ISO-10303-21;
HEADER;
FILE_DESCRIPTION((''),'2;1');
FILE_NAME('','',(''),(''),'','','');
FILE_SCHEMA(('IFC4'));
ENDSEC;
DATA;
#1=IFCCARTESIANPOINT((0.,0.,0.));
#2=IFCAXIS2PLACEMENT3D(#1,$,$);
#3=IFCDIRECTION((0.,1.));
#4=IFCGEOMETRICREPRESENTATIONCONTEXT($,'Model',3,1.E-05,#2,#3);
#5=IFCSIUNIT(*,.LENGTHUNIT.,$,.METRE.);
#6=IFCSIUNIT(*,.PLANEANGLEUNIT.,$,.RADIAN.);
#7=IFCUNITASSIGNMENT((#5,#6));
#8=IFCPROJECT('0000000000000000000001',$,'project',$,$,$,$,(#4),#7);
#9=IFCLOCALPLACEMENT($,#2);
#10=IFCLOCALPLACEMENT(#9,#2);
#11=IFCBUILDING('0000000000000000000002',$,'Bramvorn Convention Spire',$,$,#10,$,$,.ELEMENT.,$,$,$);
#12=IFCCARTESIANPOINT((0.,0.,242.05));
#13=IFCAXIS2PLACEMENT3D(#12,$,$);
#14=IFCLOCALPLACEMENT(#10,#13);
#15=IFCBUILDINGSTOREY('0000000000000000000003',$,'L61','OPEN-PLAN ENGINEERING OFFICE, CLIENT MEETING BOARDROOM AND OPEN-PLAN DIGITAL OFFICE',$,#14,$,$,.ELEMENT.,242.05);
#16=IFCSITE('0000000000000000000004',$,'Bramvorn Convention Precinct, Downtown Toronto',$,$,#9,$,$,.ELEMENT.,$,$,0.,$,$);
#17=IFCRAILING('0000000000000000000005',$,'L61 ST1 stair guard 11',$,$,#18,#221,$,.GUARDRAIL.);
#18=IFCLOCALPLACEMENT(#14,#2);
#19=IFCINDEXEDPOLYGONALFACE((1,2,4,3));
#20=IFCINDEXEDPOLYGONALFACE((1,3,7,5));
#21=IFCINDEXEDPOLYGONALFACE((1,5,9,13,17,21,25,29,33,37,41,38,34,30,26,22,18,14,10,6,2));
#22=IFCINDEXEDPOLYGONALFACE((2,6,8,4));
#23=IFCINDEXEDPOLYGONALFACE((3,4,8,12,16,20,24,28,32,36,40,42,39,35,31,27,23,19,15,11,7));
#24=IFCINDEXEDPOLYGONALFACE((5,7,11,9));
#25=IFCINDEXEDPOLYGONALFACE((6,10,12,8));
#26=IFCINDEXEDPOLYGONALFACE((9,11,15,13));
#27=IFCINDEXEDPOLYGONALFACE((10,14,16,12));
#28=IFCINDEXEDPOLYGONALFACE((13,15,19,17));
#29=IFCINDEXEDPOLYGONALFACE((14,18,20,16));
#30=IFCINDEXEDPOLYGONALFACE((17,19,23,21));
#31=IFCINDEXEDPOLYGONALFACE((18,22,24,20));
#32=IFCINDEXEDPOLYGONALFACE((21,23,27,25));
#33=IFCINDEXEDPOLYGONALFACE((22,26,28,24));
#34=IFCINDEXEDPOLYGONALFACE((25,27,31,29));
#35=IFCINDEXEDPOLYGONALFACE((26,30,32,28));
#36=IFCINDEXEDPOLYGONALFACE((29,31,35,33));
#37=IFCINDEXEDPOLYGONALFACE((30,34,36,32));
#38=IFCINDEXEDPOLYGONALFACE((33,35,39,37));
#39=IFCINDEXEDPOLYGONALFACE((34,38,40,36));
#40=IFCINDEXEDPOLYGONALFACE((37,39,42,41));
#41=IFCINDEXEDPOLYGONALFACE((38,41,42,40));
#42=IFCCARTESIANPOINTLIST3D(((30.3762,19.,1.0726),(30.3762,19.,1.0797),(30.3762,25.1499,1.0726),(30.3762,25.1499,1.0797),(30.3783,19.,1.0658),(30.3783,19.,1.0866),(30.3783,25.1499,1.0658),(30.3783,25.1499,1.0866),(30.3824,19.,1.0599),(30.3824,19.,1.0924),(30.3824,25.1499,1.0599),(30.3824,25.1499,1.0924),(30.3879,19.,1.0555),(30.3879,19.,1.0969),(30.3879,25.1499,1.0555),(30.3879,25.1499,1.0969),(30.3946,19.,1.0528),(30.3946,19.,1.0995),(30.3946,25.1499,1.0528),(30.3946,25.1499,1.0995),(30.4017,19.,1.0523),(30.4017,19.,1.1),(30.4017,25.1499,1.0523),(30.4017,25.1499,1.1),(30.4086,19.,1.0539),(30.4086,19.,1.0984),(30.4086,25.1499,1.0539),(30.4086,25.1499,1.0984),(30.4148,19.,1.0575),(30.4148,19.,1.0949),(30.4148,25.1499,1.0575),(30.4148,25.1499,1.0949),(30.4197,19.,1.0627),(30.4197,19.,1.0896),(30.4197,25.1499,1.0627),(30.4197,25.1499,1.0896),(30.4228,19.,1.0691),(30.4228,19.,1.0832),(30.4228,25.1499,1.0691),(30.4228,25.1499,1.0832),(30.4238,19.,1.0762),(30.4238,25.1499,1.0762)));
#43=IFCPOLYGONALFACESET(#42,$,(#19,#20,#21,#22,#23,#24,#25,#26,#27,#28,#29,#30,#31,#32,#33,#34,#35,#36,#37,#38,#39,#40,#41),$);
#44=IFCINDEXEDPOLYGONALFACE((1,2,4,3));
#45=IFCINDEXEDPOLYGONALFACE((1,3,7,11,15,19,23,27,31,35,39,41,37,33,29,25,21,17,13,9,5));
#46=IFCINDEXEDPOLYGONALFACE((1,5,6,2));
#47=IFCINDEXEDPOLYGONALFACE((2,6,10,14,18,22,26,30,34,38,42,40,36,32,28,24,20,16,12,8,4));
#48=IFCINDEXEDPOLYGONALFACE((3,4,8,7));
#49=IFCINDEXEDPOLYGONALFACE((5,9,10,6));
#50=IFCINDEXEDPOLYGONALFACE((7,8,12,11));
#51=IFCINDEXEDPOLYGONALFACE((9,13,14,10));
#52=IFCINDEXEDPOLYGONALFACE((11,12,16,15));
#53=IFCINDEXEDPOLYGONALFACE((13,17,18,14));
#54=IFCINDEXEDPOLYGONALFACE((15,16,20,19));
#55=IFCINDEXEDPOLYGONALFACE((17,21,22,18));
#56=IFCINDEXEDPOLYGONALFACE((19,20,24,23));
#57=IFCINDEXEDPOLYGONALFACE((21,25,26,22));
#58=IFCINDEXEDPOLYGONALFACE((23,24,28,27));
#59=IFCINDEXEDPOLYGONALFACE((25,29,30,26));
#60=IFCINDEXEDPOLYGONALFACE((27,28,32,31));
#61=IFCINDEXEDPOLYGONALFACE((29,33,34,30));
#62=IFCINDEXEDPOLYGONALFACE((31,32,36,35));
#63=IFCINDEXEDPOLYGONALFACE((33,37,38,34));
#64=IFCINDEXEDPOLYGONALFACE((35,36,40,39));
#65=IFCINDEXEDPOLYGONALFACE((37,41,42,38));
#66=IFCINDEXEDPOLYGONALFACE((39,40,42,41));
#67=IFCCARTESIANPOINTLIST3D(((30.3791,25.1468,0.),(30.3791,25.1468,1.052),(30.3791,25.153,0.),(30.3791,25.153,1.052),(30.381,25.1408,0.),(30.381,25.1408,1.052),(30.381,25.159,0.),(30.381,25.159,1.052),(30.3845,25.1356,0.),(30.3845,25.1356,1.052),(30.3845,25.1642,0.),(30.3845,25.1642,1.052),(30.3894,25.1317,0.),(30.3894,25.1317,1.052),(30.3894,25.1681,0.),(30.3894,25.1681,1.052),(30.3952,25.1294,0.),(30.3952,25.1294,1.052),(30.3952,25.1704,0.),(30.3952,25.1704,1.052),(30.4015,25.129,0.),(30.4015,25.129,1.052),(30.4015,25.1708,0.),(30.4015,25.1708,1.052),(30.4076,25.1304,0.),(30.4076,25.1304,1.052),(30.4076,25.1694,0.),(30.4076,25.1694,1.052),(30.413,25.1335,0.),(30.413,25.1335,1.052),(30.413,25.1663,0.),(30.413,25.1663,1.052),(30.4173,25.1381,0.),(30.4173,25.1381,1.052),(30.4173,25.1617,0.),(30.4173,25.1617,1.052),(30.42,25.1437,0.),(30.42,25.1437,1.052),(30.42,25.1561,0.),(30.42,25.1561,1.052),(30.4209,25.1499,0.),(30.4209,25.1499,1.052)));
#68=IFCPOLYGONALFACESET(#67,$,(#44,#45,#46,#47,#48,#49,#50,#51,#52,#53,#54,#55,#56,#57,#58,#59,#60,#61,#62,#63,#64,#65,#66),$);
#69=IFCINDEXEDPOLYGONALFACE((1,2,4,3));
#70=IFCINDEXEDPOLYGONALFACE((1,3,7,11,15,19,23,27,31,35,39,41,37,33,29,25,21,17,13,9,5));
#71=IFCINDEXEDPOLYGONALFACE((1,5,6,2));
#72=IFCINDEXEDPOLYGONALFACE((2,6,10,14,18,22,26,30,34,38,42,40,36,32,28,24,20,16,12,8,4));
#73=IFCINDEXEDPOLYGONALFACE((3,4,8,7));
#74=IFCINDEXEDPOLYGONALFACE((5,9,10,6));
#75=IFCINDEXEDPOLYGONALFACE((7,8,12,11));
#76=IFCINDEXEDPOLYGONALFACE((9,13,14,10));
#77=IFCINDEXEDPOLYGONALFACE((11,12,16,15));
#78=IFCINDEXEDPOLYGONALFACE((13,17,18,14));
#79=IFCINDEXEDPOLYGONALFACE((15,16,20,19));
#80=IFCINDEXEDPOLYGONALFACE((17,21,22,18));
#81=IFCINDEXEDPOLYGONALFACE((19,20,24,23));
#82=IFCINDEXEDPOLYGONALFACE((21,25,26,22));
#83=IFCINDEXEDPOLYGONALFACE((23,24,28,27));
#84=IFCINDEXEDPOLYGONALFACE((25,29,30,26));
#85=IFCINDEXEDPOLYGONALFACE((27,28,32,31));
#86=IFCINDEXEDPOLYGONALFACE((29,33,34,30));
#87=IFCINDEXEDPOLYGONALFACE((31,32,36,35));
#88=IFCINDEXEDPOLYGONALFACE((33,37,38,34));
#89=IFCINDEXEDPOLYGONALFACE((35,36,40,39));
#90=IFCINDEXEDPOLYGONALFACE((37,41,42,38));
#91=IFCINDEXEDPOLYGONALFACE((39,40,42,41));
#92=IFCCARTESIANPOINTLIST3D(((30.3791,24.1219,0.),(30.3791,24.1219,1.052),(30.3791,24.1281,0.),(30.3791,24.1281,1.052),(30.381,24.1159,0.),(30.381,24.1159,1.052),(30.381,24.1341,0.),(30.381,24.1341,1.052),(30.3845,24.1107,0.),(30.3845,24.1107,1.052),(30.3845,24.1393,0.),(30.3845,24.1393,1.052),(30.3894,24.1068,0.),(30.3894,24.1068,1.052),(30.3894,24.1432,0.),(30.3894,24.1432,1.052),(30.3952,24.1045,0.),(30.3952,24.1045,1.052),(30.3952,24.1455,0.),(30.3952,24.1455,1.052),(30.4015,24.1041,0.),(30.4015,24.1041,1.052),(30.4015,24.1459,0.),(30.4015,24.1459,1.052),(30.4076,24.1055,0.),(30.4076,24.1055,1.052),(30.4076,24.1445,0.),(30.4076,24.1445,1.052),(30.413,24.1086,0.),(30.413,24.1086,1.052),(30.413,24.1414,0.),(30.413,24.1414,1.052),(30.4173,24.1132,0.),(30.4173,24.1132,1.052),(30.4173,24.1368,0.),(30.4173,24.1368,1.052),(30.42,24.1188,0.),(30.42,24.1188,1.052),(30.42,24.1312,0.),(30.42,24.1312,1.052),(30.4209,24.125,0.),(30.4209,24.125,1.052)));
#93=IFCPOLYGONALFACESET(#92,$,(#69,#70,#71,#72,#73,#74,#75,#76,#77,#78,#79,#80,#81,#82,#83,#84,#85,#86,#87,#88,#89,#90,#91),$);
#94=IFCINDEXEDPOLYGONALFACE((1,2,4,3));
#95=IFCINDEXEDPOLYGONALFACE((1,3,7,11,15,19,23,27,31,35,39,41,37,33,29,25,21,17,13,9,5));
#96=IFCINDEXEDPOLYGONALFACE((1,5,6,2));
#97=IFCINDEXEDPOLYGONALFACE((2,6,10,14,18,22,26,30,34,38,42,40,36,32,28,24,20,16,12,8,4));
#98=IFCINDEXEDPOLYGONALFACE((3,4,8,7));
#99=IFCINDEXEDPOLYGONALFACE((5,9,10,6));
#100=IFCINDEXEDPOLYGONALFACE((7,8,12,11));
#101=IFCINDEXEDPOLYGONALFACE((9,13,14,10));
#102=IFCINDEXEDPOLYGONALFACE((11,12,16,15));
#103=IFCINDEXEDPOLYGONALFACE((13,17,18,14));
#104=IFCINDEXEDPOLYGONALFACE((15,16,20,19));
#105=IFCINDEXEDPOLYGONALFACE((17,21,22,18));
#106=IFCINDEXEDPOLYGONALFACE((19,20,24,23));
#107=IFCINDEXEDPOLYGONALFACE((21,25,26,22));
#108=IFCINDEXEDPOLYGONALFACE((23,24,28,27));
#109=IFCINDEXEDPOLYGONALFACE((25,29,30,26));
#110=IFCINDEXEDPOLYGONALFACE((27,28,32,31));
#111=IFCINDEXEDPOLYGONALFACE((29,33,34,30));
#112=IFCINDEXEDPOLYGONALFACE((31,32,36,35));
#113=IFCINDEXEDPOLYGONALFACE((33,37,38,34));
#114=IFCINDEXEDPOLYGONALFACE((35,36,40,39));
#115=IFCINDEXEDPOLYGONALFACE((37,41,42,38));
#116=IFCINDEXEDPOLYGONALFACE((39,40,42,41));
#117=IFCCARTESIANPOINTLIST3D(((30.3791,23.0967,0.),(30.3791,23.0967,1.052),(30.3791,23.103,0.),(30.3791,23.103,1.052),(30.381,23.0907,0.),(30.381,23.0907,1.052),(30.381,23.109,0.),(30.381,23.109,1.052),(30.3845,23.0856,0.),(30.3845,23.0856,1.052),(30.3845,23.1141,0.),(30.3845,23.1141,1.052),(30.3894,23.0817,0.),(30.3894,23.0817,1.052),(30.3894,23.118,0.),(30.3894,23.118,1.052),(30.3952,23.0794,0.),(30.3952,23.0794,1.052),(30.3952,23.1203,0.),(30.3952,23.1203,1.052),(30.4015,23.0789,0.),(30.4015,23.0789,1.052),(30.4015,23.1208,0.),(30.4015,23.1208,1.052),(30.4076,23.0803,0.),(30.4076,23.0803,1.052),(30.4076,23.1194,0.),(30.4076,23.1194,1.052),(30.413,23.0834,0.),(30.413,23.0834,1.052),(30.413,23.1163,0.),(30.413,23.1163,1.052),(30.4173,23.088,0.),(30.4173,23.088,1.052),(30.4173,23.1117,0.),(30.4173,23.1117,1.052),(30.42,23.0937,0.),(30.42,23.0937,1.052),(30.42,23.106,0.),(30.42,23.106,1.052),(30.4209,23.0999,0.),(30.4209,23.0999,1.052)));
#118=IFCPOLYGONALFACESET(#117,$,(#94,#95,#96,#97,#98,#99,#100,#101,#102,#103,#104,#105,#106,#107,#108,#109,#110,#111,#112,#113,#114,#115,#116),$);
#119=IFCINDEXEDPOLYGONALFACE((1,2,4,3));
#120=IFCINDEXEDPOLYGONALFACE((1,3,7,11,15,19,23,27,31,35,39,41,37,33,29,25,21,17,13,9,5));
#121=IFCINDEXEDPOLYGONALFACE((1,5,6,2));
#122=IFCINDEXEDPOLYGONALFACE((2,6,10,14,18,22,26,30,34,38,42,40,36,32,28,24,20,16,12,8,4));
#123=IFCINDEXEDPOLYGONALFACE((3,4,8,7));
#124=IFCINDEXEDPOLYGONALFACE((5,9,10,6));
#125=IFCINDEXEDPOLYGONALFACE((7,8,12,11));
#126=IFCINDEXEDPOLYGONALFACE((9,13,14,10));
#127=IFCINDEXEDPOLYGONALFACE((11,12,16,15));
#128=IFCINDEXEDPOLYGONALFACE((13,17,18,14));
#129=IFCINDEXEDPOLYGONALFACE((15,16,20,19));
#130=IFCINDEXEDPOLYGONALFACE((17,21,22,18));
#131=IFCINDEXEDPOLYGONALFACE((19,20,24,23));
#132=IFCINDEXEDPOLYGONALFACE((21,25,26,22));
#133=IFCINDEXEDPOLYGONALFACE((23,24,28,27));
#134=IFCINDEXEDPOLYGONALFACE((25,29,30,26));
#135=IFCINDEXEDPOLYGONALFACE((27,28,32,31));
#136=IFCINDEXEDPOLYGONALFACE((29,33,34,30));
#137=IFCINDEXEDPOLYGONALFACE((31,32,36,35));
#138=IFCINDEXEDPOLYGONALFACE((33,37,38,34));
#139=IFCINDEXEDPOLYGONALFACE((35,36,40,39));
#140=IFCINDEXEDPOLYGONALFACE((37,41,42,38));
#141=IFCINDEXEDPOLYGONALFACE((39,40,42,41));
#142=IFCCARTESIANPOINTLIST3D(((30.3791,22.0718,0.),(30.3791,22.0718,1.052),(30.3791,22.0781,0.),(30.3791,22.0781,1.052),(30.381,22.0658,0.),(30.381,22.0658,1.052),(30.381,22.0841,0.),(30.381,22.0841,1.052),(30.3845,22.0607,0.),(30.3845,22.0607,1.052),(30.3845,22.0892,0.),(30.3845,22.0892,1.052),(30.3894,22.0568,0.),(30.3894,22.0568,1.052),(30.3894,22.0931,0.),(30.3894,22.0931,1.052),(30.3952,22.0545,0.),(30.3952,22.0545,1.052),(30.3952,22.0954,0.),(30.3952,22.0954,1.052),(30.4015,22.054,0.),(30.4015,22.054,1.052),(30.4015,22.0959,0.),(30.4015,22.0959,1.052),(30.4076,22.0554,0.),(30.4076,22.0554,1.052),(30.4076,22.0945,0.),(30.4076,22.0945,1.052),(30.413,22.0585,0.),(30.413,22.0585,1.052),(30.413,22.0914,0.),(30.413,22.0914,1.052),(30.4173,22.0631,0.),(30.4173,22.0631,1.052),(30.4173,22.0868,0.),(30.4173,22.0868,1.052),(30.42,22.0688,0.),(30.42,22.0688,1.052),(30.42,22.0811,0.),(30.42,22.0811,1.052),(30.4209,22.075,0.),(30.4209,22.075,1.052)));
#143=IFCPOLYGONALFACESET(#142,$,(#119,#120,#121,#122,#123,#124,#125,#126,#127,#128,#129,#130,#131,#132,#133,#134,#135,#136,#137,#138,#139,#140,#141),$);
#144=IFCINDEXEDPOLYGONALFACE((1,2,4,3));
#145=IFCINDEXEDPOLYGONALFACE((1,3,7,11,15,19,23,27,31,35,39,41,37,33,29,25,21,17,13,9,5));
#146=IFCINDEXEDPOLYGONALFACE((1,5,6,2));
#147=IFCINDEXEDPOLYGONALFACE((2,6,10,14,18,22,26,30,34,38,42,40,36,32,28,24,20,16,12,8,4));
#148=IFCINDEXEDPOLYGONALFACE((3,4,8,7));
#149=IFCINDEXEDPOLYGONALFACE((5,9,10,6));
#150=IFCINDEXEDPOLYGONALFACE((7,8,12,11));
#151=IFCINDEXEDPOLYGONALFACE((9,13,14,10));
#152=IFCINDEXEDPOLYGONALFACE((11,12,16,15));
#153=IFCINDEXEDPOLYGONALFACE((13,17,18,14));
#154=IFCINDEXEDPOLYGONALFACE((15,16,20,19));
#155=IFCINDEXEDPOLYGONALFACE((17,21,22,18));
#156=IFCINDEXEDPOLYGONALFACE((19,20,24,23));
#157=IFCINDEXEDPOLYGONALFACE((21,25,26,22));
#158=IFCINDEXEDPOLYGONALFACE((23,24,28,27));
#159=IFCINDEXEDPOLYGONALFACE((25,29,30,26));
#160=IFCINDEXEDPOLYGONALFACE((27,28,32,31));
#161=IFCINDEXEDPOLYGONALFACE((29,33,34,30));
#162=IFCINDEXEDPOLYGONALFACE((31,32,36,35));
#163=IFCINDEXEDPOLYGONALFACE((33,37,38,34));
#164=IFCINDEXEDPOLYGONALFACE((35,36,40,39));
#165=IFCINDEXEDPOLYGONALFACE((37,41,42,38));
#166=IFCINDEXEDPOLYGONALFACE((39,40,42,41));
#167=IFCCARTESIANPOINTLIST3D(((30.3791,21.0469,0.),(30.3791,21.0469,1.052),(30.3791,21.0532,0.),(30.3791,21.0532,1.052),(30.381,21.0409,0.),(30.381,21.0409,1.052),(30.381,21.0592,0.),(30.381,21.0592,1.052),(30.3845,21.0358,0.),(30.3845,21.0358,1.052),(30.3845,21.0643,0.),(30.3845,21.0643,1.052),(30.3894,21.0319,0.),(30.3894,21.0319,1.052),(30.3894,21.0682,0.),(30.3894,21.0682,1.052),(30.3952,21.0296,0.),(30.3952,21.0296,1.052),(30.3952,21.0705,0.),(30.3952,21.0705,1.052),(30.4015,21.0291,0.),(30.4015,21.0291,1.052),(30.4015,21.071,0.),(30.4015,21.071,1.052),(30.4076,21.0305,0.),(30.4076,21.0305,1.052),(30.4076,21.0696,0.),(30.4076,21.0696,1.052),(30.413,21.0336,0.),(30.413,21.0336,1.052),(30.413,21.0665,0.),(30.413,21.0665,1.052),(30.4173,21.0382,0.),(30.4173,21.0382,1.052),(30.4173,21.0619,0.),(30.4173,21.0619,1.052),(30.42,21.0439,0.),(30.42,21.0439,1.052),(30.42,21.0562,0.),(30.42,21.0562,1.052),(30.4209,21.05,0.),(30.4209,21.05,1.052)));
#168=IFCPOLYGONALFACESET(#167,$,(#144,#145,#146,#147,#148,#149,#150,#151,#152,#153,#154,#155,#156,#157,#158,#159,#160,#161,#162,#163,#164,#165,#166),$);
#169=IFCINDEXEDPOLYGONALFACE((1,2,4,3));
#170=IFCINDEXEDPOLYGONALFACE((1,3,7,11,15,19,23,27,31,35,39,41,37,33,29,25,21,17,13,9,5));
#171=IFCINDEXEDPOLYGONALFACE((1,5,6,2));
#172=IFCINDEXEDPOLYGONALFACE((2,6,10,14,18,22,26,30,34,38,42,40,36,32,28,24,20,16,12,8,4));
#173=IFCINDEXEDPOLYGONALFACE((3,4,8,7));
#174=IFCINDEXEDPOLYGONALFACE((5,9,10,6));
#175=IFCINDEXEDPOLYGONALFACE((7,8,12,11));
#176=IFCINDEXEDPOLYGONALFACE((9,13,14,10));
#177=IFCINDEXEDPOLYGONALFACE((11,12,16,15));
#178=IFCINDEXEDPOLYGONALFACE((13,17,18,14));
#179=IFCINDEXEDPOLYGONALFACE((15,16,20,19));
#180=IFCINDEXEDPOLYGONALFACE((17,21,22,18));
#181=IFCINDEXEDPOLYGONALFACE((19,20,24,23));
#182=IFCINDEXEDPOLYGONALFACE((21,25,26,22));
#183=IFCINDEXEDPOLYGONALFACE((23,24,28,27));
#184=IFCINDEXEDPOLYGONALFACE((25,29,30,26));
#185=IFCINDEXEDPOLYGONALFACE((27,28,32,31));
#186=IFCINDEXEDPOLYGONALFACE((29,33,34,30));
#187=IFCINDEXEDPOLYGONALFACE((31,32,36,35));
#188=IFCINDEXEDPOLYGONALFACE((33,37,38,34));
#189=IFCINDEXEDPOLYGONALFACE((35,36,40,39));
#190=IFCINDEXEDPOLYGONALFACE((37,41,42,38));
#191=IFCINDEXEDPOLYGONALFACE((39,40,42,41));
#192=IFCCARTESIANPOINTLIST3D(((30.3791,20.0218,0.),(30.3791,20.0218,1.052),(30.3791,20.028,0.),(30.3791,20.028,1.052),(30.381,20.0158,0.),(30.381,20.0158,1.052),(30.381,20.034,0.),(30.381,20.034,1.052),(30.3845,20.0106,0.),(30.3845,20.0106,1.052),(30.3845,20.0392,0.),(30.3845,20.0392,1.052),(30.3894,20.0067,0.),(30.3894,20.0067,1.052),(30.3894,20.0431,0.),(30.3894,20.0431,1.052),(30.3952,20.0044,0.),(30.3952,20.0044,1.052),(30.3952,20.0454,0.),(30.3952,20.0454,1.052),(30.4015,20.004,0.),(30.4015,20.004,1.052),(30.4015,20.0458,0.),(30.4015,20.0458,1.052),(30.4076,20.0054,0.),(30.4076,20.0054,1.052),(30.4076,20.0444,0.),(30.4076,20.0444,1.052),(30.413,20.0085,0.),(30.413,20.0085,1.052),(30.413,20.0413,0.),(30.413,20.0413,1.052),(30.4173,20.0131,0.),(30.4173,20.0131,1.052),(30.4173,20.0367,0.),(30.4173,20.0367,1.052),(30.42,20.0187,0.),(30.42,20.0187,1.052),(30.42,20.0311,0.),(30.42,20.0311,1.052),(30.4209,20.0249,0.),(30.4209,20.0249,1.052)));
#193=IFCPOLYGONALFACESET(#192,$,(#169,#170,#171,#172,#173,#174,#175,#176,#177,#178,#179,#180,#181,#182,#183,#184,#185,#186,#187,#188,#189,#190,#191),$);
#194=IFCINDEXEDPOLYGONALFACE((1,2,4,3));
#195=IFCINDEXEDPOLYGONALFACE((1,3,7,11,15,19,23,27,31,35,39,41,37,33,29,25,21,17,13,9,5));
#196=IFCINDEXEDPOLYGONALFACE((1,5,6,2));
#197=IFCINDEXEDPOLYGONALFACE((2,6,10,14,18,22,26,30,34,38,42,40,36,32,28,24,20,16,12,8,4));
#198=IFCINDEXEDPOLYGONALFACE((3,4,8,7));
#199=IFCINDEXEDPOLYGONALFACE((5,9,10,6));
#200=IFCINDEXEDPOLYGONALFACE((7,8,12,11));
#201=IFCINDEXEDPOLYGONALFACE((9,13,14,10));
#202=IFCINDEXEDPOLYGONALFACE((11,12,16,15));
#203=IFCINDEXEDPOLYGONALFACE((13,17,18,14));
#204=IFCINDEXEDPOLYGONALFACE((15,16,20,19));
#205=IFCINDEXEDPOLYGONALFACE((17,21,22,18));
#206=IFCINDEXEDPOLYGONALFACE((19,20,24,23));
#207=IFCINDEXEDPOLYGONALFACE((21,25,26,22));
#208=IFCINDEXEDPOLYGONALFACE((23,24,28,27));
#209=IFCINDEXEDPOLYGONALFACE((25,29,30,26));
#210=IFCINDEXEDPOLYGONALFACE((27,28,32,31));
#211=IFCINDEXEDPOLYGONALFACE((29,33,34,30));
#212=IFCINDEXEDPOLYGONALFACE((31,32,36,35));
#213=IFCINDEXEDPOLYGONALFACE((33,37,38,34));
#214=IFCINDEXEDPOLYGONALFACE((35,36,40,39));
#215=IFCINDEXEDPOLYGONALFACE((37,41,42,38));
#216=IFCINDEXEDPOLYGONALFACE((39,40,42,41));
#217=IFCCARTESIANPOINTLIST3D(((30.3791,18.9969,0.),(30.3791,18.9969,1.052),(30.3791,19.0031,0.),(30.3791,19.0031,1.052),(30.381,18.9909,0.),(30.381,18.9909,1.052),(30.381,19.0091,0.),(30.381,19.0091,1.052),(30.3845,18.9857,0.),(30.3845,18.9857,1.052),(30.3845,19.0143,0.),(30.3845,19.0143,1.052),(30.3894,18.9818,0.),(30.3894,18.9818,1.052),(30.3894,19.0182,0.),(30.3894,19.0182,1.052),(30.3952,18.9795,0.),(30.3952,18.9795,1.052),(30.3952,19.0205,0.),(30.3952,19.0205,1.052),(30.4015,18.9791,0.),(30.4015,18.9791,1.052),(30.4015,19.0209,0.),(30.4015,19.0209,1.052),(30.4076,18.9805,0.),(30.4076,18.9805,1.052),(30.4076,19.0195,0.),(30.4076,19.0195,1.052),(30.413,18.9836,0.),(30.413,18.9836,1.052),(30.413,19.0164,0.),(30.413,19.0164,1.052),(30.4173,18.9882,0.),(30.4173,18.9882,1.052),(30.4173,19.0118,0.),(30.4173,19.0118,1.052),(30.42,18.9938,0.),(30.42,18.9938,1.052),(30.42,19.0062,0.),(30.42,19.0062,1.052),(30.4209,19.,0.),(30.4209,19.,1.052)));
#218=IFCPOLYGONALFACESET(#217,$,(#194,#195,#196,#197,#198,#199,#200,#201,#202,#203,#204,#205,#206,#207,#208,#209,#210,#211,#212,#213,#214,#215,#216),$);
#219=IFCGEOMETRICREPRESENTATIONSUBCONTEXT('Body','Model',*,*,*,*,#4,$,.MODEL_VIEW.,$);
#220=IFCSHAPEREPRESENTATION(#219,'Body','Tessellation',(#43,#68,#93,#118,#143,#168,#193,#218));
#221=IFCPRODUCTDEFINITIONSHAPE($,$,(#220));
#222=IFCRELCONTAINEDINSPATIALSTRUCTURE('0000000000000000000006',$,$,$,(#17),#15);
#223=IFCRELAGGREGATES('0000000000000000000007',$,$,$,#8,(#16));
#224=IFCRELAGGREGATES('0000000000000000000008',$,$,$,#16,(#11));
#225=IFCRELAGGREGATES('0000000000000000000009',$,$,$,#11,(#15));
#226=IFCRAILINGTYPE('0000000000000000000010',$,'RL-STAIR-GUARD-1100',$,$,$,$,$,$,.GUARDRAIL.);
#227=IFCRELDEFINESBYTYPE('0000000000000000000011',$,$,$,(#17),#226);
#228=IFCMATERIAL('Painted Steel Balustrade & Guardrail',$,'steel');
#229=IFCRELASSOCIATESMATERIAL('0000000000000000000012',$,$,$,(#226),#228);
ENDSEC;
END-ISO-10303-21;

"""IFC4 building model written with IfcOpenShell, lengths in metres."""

from ifc_helpers import new_model, si_unit, direction, frame, origin, origin_2d, place, context, subcontext, project, spatial, circle, extrude, material, type_object, element, save


model = new_model("IFC4")

# Units and contexts
model_context = context("Model", 3, precision=1e-05, world=origin(), true_north=direction((0.0, 1.0)))
body_context = subcontext(model_context, "Body", "Model", "MODEL_VIEW")
ifc_project = project(units=[si_unit("LENGTHUNIT", "METRE"), si_unit("PLANEANGLEUNIT", "RADIAN")], contexts=[model_context])

# Site, building, storey
site_placement = place(None, origin())
site = spatial("IfcSite", under=ifc_project, at=site_placement, Name="Bramvorn Convention Precinct, Downtown Toronto", CompositionType="ELEMENT", RefElevation=0.0)
building_placement = place(site_placement, origin())
building = spatial("IfcBuilding", under=site, at=building_placement, Name="Bramvorn Convention Spire", CompositionType="ELEMENT")
storey_placement = place(building_placement, frame((0.0, 0.0, 242.05)))
storey = spatial("IfcBuildingStorey", under=building, at=storey_placement, Name="L61", Description="OPEN-PLAN ENGINEERING OFFICE, CLIENT MEETING BOARDROOM AND OPEN-PLAN DIGITAL OFFICE", CompositionType="ELEMENT", Elevation=242.05)

# Railing
ifc_material_1 = material(Name="Painted Steel Balustrade & Guardrail", Category="steel")
railing_type_1 = type_object("IfcRailingType", Name="RL-STAIR-GUARD-1100", PredefinedType="GUARDRAIL", material=ifc_material_1)
railing_1_placement = place(storey_placement, frame((30.3999, 25.1499, 0.0)))
element("IfcRailing", 1, at=railing_1_placement, inside=storey, type_object=railing_type_1, Name="L61 ST1 stair guard 11", PredefinedType="GUARDRAIL", context=body_context, shape_type="SweptSolid", body=[
    extrude(circle(Radius=0.0239, at=origin_2d()), frame((0.0, 0.0, 1.0762), z_axis=(0.0, -1.0, 0.0), x_axis=(1.0, 0.0, 0.0)), (0.0, 0.0, 1.0), 6.1499),
    extrude(circle(Radius=0.021, at=origin_2d()), origin(), (0.0, 0.0, 1.0), 1.052),
    extrude(circle(Radius=0.021, at=origin_2d()), frame((0.0, -1.0249, 0.0)), (0.0, 0.0, 1.0), 1.052),
    extrude(circle(Radius=0.021, at=origin_2d()), frame((0.0, -2.05, 0.0)), (0.0, 0.0, 1.0), 1.052),
    extrude(circle(Radius=0.021, at=origin_2d()), frame((0.0, -3.075, 0.0)), (0.0, 0.0, 1.0), 1.052),
    extrude(circle(Radius=0.021, at=origin_2d()), frame((0.0, -4.0999, 0.0)), (0.0, 0.0, 1.0), 1.052),
    extrude(circle(Radius=0.021, at=origin_2d()), frame((0.0, -5.125, 0.0)), (0.0, 0.0, 1.0), 1.052),
    extrude(circle(Radius=0.021, at=origin_2d()), frame((0.0, -6.1499, 0.0)), (0.0, 0.0, 1.0), 1.052),
])

save(model, "model.ifc")
